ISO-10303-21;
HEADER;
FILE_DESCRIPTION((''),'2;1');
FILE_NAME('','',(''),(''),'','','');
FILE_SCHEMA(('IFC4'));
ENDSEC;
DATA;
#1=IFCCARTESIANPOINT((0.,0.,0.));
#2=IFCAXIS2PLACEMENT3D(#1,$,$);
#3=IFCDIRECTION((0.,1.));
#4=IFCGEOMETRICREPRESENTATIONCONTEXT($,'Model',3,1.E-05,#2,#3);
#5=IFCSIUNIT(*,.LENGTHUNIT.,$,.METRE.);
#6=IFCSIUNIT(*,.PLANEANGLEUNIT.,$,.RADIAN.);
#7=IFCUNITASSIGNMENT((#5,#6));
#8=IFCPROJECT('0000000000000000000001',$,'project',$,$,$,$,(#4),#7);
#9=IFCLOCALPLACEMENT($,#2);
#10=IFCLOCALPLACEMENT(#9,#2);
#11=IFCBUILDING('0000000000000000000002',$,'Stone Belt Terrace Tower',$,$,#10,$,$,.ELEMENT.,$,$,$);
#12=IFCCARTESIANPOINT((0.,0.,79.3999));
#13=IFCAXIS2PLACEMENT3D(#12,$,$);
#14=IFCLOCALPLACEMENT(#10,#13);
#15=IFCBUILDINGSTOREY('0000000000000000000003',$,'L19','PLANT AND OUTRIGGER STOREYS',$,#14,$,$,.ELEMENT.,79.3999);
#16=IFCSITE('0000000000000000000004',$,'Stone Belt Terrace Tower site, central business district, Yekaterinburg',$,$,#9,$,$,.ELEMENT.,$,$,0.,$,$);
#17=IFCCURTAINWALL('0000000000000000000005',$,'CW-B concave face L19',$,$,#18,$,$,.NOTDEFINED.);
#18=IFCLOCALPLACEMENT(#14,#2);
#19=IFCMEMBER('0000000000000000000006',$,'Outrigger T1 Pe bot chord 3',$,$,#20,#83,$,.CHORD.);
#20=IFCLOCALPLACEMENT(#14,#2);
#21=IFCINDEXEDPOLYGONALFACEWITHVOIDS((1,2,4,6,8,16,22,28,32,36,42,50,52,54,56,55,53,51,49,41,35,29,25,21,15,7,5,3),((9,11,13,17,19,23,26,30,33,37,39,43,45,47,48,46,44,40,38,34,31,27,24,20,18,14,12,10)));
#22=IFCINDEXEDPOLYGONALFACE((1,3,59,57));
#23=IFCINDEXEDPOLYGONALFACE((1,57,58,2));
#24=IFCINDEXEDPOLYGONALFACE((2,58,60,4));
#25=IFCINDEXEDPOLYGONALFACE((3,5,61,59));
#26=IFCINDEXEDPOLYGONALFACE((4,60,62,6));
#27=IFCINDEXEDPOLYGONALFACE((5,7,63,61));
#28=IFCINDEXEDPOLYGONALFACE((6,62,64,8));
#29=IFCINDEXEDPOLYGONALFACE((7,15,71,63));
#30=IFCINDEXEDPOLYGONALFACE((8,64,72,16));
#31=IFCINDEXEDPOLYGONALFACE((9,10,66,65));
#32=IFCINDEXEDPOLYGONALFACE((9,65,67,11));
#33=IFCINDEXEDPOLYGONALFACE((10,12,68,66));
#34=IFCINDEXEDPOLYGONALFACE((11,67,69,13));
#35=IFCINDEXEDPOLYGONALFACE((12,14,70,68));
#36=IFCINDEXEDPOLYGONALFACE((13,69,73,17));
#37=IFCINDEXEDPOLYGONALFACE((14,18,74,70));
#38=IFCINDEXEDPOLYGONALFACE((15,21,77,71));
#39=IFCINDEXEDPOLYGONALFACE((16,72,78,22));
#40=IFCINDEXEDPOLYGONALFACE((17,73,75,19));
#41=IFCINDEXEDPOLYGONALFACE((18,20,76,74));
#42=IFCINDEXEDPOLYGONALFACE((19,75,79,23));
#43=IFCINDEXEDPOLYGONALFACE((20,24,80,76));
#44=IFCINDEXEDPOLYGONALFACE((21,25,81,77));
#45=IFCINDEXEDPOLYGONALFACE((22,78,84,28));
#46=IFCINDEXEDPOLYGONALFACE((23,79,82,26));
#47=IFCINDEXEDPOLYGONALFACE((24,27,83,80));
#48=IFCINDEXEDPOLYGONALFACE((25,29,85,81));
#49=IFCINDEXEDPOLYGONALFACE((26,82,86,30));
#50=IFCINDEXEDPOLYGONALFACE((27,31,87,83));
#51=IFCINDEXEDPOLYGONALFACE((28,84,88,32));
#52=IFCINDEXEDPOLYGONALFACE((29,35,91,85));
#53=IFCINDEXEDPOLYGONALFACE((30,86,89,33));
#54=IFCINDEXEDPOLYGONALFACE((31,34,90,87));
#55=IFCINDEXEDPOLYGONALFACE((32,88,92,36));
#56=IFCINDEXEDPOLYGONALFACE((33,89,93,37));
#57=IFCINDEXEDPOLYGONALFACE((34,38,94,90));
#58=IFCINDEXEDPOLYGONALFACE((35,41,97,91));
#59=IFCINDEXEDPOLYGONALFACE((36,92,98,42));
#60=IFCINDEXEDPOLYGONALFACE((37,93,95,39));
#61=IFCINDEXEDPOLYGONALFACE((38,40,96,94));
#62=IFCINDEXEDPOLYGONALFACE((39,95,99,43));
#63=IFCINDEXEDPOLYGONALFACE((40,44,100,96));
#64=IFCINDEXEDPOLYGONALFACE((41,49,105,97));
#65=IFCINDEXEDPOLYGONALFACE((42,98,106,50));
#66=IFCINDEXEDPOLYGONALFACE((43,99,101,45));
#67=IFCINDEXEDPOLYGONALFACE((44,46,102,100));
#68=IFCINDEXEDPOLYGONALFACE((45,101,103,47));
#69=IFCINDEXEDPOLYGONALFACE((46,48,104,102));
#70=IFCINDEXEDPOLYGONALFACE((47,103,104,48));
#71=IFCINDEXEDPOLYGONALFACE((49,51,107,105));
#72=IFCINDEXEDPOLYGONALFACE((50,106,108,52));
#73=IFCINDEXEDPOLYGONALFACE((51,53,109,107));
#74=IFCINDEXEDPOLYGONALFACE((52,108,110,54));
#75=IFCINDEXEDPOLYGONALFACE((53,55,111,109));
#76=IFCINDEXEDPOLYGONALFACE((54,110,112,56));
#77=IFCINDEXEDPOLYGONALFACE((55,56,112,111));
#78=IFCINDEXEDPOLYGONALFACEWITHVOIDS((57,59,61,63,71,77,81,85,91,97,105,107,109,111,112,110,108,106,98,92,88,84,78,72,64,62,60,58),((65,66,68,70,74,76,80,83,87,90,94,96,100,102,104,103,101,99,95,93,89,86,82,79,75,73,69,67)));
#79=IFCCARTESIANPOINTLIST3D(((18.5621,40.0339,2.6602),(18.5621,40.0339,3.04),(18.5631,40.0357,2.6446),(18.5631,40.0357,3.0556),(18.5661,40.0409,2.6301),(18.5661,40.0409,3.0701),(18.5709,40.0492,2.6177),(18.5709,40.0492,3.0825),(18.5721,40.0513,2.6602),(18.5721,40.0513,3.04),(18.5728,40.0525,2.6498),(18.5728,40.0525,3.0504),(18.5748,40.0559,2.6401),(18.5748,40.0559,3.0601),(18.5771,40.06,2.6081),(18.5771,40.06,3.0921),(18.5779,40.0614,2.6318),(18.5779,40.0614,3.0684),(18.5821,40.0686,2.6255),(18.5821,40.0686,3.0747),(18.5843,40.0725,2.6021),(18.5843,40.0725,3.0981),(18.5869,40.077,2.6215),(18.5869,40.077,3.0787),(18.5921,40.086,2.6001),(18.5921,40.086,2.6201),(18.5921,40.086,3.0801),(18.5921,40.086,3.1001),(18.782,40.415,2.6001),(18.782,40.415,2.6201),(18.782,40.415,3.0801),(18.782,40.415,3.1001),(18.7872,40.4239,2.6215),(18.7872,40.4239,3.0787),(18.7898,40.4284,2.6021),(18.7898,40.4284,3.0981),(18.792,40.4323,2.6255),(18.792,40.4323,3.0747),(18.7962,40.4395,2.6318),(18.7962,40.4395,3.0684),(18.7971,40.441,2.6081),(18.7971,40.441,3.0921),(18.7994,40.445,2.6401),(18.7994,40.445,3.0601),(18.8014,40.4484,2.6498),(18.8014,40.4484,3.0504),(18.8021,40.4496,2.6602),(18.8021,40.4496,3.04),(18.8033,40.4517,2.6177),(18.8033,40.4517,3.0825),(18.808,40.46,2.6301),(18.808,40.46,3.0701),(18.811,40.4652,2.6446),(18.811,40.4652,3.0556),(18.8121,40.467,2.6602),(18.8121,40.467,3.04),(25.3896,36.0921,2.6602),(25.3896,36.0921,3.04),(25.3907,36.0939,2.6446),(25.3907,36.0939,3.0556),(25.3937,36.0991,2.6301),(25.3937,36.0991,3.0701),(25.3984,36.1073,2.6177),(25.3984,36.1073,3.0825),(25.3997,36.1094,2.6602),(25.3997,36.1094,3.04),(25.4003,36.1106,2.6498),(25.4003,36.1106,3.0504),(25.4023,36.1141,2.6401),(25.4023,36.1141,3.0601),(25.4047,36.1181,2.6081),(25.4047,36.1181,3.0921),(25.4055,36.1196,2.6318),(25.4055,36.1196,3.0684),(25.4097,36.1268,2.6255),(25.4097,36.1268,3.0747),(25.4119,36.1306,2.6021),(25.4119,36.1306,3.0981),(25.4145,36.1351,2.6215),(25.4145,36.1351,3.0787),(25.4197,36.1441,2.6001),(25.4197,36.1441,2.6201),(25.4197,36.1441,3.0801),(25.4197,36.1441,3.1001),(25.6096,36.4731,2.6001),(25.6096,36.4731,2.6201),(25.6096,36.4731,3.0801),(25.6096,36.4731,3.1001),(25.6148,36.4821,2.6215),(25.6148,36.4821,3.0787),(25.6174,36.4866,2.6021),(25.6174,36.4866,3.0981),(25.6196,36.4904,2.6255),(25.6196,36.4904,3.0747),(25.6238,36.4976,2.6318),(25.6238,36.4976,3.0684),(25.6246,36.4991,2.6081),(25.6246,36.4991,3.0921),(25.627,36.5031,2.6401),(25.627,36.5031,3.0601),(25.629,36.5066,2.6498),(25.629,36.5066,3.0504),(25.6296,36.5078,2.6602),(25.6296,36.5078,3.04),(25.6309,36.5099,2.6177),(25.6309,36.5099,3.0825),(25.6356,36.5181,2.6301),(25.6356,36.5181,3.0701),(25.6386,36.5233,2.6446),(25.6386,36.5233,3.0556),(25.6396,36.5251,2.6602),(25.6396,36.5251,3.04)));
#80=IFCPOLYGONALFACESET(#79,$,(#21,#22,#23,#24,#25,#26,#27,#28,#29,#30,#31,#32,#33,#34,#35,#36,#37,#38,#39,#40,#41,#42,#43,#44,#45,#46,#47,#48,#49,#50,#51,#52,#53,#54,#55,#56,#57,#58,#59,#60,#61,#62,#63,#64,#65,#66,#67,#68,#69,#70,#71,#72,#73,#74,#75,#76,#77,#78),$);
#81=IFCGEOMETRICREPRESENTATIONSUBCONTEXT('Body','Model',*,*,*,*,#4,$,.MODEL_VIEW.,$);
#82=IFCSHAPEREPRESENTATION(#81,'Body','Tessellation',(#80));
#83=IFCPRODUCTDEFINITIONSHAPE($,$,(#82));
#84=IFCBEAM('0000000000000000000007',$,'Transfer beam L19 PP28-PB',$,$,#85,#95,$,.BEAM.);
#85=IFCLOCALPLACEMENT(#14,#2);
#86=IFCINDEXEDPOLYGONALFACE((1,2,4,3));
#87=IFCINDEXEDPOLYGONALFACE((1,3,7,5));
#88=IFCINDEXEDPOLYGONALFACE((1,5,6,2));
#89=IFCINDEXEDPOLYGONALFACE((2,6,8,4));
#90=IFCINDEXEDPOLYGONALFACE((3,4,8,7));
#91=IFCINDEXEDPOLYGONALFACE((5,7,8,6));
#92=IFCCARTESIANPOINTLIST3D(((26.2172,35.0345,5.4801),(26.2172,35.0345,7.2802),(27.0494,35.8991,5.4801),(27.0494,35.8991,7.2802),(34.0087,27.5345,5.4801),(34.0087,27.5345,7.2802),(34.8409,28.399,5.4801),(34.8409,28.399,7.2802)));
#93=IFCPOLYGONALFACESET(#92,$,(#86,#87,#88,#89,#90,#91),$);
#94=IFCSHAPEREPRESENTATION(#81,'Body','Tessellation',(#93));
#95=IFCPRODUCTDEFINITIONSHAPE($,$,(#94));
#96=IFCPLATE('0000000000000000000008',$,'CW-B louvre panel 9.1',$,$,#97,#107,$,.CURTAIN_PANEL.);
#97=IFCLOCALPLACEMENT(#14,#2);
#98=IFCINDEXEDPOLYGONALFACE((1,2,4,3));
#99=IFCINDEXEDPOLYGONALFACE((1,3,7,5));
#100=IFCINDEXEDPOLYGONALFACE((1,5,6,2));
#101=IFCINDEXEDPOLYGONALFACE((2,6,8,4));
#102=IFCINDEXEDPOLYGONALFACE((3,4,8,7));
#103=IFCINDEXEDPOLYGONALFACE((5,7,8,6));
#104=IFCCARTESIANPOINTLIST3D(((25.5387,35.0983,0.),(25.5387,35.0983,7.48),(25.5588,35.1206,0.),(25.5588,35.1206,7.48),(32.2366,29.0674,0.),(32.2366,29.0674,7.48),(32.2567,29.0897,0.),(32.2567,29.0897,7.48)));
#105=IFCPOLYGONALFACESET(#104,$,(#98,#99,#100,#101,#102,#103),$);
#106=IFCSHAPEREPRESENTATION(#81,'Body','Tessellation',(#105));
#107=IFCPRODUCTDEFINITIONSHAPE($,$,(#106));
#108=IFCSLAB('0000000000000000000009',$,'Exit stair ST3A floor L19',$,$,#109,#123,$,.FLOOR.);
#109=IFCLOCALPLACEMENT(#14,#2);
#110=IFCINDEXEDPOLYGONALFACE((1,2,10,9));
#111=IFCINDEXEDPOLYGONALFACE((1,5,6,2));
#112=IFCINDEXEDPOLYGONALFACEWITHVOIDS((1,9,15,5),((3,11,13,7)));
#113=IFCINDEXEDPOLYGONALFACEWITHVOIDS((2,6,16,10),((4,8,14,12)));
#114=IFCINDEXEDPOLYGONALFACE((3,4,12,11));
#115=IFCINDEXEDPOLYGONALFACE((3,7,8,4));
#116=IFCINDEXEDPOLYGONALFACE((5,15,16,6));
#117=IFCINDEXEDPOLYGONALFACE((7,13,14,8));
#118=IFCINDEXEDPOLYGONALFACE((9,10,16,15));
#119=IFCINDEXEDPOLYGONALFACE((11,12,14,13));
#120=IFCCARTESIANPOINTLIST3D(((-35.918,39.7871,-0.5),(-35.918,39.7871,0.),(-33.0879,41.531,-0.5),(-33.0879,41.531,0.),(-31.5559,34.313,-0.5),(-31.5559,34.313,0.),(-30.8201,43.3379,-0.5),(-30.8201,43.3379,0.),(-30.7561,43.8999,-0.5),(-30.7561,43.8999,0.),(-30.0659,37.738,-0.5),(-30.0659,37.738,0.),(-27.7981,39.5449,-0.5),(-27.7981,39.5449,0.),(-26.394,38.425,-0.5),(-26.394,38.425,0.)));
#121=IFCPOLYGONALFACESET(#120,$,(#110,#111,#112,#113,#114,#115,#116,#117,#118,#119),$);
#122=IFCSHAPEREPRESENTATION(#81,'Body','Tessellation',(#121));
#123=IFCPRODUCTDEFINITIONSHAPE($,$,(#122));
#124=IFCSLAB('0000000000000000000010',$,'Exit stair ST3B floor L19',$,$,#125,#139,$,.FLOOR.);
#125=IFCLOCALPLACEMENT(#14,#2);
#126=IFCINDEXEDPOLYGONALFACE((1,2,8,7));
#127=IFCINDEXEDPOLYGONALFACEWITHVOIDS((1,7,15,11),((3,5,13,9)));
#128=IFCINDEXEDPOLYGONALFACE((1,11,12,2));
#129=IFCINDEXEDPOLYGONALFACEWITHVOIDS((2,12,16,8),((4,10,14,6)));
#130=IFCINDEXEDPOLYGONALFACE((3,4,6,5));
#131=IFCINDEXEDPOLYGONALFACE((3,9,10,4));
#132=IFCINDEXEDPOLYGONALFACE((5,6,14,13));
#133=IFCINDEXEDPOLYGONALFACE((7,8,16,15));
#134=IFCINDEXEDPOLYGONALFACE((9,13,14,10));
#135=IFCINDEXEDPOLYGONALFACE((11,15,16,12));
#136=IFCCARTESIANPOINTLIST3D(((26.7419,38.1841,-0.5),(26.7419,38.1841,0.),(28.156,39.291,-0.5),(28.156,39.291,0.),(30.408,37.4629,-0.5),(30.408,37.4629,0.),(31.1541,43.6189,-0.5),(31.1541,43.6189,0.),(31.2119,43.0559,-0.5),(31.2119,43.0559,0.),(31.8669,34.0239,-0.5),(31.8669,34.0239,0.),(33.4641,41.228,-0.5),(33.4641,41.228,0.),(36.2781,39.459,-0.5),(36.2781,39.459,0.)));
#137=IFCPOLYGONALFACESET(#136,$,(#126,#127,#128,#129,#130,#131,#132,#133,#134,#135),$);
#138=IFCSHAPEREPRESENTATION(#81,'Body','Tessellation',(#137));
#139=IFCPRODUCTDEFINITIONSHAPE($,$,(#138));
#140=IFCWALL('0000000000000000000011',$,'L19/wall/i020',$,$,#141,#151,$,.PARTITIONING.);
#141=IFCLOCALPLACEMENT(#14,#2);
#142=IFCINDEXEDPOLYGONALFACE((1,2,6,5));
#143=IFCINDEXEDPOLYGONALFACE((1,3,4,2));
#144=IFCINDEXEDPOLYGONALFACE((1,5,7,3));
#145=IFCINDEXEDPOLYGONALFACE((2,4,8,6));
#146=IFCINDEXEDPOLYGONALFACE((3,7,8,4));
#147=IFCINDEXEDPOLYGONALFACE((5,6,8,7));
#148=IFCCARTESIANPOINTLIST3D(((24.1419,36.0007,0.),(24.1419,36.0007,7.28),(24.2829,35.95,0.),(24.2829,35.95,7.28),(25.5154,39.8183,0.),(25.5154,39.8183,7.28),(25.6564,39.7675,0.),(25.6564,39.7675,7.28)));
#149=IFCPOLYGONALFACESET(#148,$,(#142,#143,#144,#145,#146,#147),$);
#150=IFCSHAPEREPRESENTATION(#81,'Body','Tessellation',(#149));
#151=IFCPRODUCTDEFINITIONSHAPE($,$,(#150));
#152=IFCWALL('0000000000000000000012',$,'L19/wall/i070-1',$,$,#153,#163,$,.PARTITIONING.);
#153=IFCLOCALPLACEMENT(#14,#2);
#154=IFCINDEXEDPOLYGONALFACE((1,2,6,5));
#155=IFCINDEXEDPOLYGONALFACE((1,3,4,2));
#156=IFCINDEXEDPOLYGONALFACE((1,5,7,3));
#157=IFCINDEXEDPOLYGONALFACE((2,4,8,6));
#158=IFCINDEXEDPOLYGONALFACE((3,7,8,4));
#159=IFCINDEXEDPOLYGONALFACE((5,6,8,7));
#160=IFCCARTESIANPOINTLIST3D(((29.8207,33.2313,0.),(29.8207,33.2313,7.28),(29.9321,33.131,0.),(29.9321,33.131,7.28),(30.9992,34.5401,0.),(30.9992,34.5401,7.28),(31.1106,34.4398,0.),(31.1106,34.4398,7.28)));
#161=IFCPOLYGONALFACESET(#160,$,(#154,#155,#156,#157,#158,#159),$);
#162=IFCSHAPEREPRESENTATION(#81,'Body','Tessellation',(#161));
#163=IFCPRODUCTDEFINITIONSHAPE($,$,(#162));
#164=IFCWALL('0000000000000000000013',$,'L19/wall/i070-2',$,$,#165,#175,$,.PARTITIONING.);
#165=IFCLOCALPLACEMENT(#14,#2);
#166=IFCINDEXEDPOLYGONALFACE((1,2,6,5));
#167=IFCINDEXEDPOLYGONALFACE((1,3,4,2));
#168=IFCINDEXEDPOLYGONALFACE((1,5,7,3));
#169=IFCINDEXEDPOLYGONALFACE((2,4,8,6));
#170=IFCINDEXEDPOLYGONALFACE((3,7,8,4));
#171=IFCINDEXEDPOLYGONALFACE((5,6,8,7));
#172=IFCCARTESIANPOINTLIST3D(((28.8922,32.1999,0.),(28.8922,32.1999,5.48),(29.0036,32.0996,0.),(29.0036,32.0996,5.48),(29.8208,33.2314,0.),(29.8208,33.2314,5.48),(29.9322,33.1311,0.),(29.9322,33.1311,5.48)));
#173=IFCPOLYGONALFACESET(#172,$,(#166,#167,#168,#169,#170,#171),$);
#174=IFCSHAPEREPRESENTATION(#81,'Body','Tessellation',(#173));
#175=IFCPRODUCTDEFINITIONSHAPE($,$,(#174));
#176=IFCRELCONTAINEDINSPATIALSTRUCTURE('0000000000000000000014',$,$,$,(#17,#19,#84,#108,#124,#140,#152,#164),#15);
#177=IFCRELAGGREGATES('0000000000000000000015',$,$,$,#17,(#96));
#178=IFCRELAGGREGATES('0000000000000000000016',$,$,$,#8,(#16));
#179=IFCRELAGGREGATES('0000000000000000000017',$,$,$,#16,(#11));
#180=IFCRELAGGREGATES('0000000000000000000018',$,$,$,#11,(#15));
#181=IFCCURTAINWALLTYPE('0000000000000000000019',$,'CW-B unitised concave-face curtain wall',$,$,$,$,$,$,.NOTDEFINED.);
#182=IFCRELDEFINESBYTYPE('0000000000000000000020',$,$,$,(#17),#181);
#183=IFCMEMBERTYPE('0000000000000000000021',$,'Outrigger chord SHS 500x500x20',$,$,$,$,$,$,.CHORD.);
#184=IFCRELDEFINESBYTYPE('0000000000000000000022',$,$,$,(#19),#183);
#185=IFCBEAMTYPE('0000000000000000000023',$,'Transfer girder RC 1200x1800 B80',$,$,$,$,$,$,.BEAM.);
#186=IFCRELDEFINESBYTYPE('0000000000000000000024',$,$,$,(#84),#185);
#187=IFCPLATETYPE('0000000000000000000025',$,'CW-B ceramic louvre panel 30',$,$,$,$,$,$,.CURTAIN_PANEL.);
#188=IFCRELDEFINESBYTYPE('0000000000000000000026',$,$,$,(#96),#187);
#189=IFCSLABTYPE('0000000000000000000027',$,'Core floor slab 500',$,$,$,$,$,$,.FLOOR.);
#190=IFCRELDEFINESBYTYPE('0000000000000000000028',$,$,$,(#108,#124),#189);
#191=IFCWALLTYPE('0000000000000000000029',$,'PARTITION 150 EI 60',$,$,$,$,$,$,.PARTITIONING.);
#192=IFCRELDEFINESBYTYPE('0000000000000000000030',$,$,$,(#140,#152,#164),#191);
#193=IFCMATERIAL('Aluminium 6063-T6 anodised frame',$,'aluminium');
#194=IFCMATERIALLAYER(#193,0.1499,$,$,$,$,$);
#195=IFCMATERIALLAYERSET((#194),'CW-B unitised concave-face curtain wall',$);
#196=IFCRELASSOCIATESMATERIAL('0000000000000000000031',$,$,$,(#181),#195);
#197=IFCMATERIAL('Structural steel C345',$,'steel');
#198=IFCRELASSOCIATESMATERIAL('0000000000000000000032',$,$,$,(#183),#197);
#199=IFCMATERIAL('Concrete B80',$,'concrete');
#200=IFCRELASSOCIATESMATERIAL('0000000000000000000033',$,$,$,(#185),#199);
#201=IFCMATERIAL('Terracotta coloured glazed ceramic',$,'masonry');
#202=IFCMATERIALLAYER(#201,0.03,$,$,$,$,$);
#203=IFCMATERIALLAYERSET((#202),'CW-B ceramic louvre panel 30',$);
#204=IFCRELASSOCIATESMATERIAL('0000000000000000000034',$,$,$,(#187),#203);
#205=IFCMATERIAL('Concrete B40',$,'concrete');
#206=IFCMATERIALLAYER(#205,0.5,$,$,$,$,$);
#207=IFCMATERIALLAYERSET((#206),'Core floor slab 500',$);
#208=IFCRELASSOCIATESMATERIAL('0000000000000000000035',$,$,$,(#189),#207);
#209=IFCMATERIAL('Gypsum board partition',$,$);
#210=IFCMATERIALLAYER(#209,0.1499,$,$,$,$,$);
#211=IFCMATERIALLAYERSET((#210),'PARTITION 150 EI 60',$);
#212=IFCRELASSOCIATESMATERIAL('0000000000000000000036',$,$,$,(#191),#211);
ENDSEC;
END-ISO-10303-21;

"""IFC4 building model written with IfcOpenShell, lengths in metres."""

from ifc_helpers import new_model, si_unit, direction, frame, frame_2d, origin, origin_2d, place, context, subcontext, project, spatial, polyline, rectangle, hollow_rectangle, outline, extrude, material, layer, layer_set, material_profile, profile_set, type_object, element, aggregate, save


model = new_model("IFC4")

# Units and contexts
model_context = context("Model", 3, precision=1e-05, world=origin(), true_north=direction((0.0, 1.0)))
body_context = subcontext(model_context, "Body", "Model", "MODEL_VIEW")
ifc_project = project(units=[si_unit("LENGTHUNIT", "METRE"), si_unit("PLANEANGLEUNIT", "RADIAN")], contexts=[model_context])

# Site, building, storey
site_placement = place(None, origin())
site = spatial("IfcSite", under=ifc_project, at=site_placement, Name="Stone Belt Terrace Tower site, central business district, Yekaterinburg", CompositionType="ELEMENT", RefElevation=0.0)
building_placement = place(site_placement, origin())
building = spatial("IfcBuilding", under=site, at=building_placement, Name="Stone Belt Terrace Tower", CompositionType="ELEMENT")
storey_placement = place(building_placement, frame((0.0, 0.0, 79.3999)))
storey = spatial("IfcBuildingStorey", under=building, at=storey_placement, Name="L19", Description="PLANT AND OUTRIGGER STOREYS", CompositionType="ELEMENT", Elevation=79.3999)

# Shared definitions
ifc_material_1 = material(Name="Concrete B80", Category="concrete")

# Curtain wall
ifc_material_2 = material(Name="Aluminium 6063-T6 anodised frame", Category="aluminium")
ifc_layer_1 = layer(ifc_material_2, 0.1499)
ifc_layer_set_1 = layer_set([ifc_layer_1], Name="CW-B unitised concave-face curtain wall")
curtain_wall_type = type_object("IfcCurtainWallType", Name="CW-B unitised concave-face curtain wall", PredefinedType="NOTDEFINED", material=ifc_layer_set_1)
curtain_wall_placement = place(storey_placement, origin())
curtain_wall = element("IfcCurtainWall", 1, at=curtain_wall_placement, inside=storey, type_object=curtain_wall_type, Name="CW-B concave face L19", PredefinedType="NOTDEFINED")

# Member
ifc_material_3 = material(Name="Structural steel C345", Category="steel")
ifc_material_profile_1 = material_profile(ifc_material_3, hollow_rectangle(XDim=0.5, YDim=0.5, WallThickness=0.02, InnerFilletRadius=0.04, OuterFilletRadius=0.0601, at=origin_2d()), Name="SHS 500x500x20")
ifc_profile_set_1 = profile_set([ifc_material_profile_1], Name="Structural steel C345")
member_type_1 = type_object("IfcMemberType", Name="Outrigger chord SHS 500x500x20", PredefinedType="CHORD", material=ifc_profile_set_1)
for number, where, z_axis, x_axis, name in (
    (2, (25.5146, 36.3086, 2.8501), (-0.866028, 0.499996, 0.0), (-0.499996, -0.866028, 0.0), "Outrigger T1 Pe bot chord 3"),
):
    element("IfcMember", number, at=place(storey_placement, frame(where, z_axis=z_axis, x_axis=x_axis)), inside=storey, type_object=member_type_1, Name=name, PredefinedType="CHORD", context=body_context, shape_type="SweptSolid", body=[
        extrude(hollow_rectangle(XDim=0.5, YDim=0.5, WallThickness=0.02, InnerFilletRadius=0.04, OuterFilletRadius=0.0601, at=origin_2d()), origin(), (0.0, 0.0, 1.0), 7.8838),
    ])

# Beam
ifc_material_profile_2 = material_profile(ifc_material_1, rectangle(XDim=1.2, YDim=1.8, at=origin_2d()), Name="RC 1200x1800")
ifc_profile_set_2 = profile_set([ifc_material_profile_2], Name="Concrete B80")
beam_type = type_object("IfcBeamType", Name="Transfer girder RC 1200x1800 B80", PredefinedType="BEAM", material=ifc_profile_set_2)
beam_placement = place(storey_placement, frame((26.6333, 35.4668, 6.3801), z_axis=(0.720456, -0.693501, 0.0), x_axis=(0.693501, 0.720456, 0.0)))
element("IfcBeam", 3, at=beam_placement, inside=storey, type_object=beam_type, Name="Transfer beam L19 PP28-PB", PredefinedType="BEAM", context=body_context, shape_type="SweptSolid", body=[
    extrude(rectangle(XDim=1.2, YDim=1.8, at=origin_2d()), origin(), (0.0, 0.0, 1.0), 10.8147),
])

# Plate
ifc_material_4 = material(Name="Terracotta coloured glazed ceramic", Category="masonry")
ifc_layer_2 = layer(ifc_material_4, 0.03)
ifc_layer_set_2 = layer_set([ifc_layer_2], Name="CW-B ceramic louvre panel 30")
plate_type = type_object("IfcPlateType", Name="CW-B ceramic louvre panel 30", PredefinedType="CURTAIN_PANEL", material=ifc_layer_set_2)
plate_placement = place(storey_placement, frame((28.8977, 32.094, 0.0), z_axis=(0.0, 0.0, 1.0), x_axis=(0.743145, -0.669131, 0.0)))
plate = element("IfcPlate", 4, at=plate_placement, type_object=plate_type, Name="CW-B louvre panel 9.1", PredefinedType="CURTAIN_PANEL", context=body_context, shape_type="SweptSolid", body=[
    extrude(rectangle(XDim=9.0129, YDim=0.03, at=origin_2d()), origin(), (0.0, 0.0, 1.0), 7.48),
])
aggregate(curtain_wall, [plate])

# Slabs
ifc_material_5 = material(Name="Concrete B40", Category="concrete")
ifc_layer_3 = layer(ifc_material_5, 0.5)
ifc_layer_set_3 = layer_set([ifc_layer_3], Name="Core floor slab 500")
slab_type = type_object("IfcSlabType", Name="Core floor slab 500", PredefinedType="FLOOR", material=ifc_layer_set_3)
slab_1_placement = place(storey_placement, frame((0.0, 0.0, -0.5)))
element("IfcSlab", 5, at=slab_1_placement, inside=storey, type_object=slab_type, Name="Exit stair ST3A floor L19", PredefinedType="FLOOR", context=body_context, shape_type="SweptSolid", body=[
    extrude(outline(polyline([(-26.394, 38.425), (-30.7561, 43.8999), (-35.918, 39.7871), (-31.5559, 34.313), (-26.394, 38.425)]), holes=[polyline([(-27.7981, 39.5449), (-30.0659, 37.738), (-33.0879, 41.531), (-30.8201, 43.3379), (-27.7981, 39.5449)])]), origin(), (0.0, 0.0, 1.0), 0.5),
])
slab_2_placement = place(storey_placement, frame((0.0, 0.0, -0.5)))
element("IfcSlab", 6, at=slab_2_placement, inside=storey, type_object=slab_type, Name="Exit stair ST3B floor L19", PredefinedType="FLOOR", context=body_context, shape_type="SweptSolid", body=[
    extrude(outline(polyline([(26.7419, 38.1841), (31.8669, 34.0239), (36.2781, 39.459), (31.1541, 43.6189), (26.7419, 38.1841)]), holes=[polyline([(30.408, 37.4629), (28.156, 39.291), (31.2119, 43.0559), (33.4641, 41.228), (30.408, 37.4629)])]), origin(), (0.0, 0.0, 1.0), 0.5),
])

# Walls
ifc_material_6 = material(Name="Gypsum board partition")
ifc_layer_4 = layer(ifc_material_6, 0.1499)
ifc_layer_set_4 = layer_set([ifc_layer_4], Name="PARTITION 150 EI 60")
wall_type_1 = type_object("IfcWallType", Name="PARTITION 150 EI 60", PredefinedType="PARTITIONING", material=ifc_layer_set_4)
wall_1_placement = place(storey_placement, frame((24.2124, 35.9753, 0.0), z_axis=(0.0, 0.0, 1.0), x_axis=(0.338543, 0.940951, 0.0)))
element("IfcWall", 7, at=wall_1_placement, inside=storey, type_object=wall_type_1, Name="L19/wall/i020", PredefinedType="PARTITIONING", context=body_context, shape_type="SweptSolid", body=[
    extrude(rectangle(XDim=4.0571, YDim=0.1499, at=frame_2d((2.0286, 0.0))), origin(), (0.0, 0.0, 1.0), 7.28),
])
wall_2_placement = place(storey_placement, frame((31.0549, 34.49, 0.0), z_axis=(0.0, 0.0, 1.0), x_axis=(-0.669126, -0.743149, 0.0)))
element("IfcWall", 8, at=wall_2_placement, inside=storey, type_object=wall_type_1, Name="L19/wall/i070-1", PredefinedType="PARTITIONING", context=body_context, shape_type="SweptSolid", body=[
    extrude(rectangle(XDim=1.7612, YDim=0.1499, at=frame_2d((0.8806, 0.0))), origin(), (0.0, 0.0, 1.0), 7.28),
])
wall_3_placement = place(storey_placement, frame((29.8765, 33.1812, 0.0), z_axis=(0.0, 0.0, 1.0), x_axis=(-0.66911, -0.743163, 0.0)))
element("IfcWall", 9, at=wall_3_placement, inside=storey, type_object=wall_type_1, Name="L19/wall/i070-2", PredefinedType="PARTITIONING", context=body_context, shape_type="SweptSolid", body=[
    extrude(rectangle(XDim=1.3879, YDim=0.1499, at=frame_2d((0.6938, 0.0))), origin(), (0.0, 0.0, 1.0), 5.48),
])

save(model, "model.ifc")
